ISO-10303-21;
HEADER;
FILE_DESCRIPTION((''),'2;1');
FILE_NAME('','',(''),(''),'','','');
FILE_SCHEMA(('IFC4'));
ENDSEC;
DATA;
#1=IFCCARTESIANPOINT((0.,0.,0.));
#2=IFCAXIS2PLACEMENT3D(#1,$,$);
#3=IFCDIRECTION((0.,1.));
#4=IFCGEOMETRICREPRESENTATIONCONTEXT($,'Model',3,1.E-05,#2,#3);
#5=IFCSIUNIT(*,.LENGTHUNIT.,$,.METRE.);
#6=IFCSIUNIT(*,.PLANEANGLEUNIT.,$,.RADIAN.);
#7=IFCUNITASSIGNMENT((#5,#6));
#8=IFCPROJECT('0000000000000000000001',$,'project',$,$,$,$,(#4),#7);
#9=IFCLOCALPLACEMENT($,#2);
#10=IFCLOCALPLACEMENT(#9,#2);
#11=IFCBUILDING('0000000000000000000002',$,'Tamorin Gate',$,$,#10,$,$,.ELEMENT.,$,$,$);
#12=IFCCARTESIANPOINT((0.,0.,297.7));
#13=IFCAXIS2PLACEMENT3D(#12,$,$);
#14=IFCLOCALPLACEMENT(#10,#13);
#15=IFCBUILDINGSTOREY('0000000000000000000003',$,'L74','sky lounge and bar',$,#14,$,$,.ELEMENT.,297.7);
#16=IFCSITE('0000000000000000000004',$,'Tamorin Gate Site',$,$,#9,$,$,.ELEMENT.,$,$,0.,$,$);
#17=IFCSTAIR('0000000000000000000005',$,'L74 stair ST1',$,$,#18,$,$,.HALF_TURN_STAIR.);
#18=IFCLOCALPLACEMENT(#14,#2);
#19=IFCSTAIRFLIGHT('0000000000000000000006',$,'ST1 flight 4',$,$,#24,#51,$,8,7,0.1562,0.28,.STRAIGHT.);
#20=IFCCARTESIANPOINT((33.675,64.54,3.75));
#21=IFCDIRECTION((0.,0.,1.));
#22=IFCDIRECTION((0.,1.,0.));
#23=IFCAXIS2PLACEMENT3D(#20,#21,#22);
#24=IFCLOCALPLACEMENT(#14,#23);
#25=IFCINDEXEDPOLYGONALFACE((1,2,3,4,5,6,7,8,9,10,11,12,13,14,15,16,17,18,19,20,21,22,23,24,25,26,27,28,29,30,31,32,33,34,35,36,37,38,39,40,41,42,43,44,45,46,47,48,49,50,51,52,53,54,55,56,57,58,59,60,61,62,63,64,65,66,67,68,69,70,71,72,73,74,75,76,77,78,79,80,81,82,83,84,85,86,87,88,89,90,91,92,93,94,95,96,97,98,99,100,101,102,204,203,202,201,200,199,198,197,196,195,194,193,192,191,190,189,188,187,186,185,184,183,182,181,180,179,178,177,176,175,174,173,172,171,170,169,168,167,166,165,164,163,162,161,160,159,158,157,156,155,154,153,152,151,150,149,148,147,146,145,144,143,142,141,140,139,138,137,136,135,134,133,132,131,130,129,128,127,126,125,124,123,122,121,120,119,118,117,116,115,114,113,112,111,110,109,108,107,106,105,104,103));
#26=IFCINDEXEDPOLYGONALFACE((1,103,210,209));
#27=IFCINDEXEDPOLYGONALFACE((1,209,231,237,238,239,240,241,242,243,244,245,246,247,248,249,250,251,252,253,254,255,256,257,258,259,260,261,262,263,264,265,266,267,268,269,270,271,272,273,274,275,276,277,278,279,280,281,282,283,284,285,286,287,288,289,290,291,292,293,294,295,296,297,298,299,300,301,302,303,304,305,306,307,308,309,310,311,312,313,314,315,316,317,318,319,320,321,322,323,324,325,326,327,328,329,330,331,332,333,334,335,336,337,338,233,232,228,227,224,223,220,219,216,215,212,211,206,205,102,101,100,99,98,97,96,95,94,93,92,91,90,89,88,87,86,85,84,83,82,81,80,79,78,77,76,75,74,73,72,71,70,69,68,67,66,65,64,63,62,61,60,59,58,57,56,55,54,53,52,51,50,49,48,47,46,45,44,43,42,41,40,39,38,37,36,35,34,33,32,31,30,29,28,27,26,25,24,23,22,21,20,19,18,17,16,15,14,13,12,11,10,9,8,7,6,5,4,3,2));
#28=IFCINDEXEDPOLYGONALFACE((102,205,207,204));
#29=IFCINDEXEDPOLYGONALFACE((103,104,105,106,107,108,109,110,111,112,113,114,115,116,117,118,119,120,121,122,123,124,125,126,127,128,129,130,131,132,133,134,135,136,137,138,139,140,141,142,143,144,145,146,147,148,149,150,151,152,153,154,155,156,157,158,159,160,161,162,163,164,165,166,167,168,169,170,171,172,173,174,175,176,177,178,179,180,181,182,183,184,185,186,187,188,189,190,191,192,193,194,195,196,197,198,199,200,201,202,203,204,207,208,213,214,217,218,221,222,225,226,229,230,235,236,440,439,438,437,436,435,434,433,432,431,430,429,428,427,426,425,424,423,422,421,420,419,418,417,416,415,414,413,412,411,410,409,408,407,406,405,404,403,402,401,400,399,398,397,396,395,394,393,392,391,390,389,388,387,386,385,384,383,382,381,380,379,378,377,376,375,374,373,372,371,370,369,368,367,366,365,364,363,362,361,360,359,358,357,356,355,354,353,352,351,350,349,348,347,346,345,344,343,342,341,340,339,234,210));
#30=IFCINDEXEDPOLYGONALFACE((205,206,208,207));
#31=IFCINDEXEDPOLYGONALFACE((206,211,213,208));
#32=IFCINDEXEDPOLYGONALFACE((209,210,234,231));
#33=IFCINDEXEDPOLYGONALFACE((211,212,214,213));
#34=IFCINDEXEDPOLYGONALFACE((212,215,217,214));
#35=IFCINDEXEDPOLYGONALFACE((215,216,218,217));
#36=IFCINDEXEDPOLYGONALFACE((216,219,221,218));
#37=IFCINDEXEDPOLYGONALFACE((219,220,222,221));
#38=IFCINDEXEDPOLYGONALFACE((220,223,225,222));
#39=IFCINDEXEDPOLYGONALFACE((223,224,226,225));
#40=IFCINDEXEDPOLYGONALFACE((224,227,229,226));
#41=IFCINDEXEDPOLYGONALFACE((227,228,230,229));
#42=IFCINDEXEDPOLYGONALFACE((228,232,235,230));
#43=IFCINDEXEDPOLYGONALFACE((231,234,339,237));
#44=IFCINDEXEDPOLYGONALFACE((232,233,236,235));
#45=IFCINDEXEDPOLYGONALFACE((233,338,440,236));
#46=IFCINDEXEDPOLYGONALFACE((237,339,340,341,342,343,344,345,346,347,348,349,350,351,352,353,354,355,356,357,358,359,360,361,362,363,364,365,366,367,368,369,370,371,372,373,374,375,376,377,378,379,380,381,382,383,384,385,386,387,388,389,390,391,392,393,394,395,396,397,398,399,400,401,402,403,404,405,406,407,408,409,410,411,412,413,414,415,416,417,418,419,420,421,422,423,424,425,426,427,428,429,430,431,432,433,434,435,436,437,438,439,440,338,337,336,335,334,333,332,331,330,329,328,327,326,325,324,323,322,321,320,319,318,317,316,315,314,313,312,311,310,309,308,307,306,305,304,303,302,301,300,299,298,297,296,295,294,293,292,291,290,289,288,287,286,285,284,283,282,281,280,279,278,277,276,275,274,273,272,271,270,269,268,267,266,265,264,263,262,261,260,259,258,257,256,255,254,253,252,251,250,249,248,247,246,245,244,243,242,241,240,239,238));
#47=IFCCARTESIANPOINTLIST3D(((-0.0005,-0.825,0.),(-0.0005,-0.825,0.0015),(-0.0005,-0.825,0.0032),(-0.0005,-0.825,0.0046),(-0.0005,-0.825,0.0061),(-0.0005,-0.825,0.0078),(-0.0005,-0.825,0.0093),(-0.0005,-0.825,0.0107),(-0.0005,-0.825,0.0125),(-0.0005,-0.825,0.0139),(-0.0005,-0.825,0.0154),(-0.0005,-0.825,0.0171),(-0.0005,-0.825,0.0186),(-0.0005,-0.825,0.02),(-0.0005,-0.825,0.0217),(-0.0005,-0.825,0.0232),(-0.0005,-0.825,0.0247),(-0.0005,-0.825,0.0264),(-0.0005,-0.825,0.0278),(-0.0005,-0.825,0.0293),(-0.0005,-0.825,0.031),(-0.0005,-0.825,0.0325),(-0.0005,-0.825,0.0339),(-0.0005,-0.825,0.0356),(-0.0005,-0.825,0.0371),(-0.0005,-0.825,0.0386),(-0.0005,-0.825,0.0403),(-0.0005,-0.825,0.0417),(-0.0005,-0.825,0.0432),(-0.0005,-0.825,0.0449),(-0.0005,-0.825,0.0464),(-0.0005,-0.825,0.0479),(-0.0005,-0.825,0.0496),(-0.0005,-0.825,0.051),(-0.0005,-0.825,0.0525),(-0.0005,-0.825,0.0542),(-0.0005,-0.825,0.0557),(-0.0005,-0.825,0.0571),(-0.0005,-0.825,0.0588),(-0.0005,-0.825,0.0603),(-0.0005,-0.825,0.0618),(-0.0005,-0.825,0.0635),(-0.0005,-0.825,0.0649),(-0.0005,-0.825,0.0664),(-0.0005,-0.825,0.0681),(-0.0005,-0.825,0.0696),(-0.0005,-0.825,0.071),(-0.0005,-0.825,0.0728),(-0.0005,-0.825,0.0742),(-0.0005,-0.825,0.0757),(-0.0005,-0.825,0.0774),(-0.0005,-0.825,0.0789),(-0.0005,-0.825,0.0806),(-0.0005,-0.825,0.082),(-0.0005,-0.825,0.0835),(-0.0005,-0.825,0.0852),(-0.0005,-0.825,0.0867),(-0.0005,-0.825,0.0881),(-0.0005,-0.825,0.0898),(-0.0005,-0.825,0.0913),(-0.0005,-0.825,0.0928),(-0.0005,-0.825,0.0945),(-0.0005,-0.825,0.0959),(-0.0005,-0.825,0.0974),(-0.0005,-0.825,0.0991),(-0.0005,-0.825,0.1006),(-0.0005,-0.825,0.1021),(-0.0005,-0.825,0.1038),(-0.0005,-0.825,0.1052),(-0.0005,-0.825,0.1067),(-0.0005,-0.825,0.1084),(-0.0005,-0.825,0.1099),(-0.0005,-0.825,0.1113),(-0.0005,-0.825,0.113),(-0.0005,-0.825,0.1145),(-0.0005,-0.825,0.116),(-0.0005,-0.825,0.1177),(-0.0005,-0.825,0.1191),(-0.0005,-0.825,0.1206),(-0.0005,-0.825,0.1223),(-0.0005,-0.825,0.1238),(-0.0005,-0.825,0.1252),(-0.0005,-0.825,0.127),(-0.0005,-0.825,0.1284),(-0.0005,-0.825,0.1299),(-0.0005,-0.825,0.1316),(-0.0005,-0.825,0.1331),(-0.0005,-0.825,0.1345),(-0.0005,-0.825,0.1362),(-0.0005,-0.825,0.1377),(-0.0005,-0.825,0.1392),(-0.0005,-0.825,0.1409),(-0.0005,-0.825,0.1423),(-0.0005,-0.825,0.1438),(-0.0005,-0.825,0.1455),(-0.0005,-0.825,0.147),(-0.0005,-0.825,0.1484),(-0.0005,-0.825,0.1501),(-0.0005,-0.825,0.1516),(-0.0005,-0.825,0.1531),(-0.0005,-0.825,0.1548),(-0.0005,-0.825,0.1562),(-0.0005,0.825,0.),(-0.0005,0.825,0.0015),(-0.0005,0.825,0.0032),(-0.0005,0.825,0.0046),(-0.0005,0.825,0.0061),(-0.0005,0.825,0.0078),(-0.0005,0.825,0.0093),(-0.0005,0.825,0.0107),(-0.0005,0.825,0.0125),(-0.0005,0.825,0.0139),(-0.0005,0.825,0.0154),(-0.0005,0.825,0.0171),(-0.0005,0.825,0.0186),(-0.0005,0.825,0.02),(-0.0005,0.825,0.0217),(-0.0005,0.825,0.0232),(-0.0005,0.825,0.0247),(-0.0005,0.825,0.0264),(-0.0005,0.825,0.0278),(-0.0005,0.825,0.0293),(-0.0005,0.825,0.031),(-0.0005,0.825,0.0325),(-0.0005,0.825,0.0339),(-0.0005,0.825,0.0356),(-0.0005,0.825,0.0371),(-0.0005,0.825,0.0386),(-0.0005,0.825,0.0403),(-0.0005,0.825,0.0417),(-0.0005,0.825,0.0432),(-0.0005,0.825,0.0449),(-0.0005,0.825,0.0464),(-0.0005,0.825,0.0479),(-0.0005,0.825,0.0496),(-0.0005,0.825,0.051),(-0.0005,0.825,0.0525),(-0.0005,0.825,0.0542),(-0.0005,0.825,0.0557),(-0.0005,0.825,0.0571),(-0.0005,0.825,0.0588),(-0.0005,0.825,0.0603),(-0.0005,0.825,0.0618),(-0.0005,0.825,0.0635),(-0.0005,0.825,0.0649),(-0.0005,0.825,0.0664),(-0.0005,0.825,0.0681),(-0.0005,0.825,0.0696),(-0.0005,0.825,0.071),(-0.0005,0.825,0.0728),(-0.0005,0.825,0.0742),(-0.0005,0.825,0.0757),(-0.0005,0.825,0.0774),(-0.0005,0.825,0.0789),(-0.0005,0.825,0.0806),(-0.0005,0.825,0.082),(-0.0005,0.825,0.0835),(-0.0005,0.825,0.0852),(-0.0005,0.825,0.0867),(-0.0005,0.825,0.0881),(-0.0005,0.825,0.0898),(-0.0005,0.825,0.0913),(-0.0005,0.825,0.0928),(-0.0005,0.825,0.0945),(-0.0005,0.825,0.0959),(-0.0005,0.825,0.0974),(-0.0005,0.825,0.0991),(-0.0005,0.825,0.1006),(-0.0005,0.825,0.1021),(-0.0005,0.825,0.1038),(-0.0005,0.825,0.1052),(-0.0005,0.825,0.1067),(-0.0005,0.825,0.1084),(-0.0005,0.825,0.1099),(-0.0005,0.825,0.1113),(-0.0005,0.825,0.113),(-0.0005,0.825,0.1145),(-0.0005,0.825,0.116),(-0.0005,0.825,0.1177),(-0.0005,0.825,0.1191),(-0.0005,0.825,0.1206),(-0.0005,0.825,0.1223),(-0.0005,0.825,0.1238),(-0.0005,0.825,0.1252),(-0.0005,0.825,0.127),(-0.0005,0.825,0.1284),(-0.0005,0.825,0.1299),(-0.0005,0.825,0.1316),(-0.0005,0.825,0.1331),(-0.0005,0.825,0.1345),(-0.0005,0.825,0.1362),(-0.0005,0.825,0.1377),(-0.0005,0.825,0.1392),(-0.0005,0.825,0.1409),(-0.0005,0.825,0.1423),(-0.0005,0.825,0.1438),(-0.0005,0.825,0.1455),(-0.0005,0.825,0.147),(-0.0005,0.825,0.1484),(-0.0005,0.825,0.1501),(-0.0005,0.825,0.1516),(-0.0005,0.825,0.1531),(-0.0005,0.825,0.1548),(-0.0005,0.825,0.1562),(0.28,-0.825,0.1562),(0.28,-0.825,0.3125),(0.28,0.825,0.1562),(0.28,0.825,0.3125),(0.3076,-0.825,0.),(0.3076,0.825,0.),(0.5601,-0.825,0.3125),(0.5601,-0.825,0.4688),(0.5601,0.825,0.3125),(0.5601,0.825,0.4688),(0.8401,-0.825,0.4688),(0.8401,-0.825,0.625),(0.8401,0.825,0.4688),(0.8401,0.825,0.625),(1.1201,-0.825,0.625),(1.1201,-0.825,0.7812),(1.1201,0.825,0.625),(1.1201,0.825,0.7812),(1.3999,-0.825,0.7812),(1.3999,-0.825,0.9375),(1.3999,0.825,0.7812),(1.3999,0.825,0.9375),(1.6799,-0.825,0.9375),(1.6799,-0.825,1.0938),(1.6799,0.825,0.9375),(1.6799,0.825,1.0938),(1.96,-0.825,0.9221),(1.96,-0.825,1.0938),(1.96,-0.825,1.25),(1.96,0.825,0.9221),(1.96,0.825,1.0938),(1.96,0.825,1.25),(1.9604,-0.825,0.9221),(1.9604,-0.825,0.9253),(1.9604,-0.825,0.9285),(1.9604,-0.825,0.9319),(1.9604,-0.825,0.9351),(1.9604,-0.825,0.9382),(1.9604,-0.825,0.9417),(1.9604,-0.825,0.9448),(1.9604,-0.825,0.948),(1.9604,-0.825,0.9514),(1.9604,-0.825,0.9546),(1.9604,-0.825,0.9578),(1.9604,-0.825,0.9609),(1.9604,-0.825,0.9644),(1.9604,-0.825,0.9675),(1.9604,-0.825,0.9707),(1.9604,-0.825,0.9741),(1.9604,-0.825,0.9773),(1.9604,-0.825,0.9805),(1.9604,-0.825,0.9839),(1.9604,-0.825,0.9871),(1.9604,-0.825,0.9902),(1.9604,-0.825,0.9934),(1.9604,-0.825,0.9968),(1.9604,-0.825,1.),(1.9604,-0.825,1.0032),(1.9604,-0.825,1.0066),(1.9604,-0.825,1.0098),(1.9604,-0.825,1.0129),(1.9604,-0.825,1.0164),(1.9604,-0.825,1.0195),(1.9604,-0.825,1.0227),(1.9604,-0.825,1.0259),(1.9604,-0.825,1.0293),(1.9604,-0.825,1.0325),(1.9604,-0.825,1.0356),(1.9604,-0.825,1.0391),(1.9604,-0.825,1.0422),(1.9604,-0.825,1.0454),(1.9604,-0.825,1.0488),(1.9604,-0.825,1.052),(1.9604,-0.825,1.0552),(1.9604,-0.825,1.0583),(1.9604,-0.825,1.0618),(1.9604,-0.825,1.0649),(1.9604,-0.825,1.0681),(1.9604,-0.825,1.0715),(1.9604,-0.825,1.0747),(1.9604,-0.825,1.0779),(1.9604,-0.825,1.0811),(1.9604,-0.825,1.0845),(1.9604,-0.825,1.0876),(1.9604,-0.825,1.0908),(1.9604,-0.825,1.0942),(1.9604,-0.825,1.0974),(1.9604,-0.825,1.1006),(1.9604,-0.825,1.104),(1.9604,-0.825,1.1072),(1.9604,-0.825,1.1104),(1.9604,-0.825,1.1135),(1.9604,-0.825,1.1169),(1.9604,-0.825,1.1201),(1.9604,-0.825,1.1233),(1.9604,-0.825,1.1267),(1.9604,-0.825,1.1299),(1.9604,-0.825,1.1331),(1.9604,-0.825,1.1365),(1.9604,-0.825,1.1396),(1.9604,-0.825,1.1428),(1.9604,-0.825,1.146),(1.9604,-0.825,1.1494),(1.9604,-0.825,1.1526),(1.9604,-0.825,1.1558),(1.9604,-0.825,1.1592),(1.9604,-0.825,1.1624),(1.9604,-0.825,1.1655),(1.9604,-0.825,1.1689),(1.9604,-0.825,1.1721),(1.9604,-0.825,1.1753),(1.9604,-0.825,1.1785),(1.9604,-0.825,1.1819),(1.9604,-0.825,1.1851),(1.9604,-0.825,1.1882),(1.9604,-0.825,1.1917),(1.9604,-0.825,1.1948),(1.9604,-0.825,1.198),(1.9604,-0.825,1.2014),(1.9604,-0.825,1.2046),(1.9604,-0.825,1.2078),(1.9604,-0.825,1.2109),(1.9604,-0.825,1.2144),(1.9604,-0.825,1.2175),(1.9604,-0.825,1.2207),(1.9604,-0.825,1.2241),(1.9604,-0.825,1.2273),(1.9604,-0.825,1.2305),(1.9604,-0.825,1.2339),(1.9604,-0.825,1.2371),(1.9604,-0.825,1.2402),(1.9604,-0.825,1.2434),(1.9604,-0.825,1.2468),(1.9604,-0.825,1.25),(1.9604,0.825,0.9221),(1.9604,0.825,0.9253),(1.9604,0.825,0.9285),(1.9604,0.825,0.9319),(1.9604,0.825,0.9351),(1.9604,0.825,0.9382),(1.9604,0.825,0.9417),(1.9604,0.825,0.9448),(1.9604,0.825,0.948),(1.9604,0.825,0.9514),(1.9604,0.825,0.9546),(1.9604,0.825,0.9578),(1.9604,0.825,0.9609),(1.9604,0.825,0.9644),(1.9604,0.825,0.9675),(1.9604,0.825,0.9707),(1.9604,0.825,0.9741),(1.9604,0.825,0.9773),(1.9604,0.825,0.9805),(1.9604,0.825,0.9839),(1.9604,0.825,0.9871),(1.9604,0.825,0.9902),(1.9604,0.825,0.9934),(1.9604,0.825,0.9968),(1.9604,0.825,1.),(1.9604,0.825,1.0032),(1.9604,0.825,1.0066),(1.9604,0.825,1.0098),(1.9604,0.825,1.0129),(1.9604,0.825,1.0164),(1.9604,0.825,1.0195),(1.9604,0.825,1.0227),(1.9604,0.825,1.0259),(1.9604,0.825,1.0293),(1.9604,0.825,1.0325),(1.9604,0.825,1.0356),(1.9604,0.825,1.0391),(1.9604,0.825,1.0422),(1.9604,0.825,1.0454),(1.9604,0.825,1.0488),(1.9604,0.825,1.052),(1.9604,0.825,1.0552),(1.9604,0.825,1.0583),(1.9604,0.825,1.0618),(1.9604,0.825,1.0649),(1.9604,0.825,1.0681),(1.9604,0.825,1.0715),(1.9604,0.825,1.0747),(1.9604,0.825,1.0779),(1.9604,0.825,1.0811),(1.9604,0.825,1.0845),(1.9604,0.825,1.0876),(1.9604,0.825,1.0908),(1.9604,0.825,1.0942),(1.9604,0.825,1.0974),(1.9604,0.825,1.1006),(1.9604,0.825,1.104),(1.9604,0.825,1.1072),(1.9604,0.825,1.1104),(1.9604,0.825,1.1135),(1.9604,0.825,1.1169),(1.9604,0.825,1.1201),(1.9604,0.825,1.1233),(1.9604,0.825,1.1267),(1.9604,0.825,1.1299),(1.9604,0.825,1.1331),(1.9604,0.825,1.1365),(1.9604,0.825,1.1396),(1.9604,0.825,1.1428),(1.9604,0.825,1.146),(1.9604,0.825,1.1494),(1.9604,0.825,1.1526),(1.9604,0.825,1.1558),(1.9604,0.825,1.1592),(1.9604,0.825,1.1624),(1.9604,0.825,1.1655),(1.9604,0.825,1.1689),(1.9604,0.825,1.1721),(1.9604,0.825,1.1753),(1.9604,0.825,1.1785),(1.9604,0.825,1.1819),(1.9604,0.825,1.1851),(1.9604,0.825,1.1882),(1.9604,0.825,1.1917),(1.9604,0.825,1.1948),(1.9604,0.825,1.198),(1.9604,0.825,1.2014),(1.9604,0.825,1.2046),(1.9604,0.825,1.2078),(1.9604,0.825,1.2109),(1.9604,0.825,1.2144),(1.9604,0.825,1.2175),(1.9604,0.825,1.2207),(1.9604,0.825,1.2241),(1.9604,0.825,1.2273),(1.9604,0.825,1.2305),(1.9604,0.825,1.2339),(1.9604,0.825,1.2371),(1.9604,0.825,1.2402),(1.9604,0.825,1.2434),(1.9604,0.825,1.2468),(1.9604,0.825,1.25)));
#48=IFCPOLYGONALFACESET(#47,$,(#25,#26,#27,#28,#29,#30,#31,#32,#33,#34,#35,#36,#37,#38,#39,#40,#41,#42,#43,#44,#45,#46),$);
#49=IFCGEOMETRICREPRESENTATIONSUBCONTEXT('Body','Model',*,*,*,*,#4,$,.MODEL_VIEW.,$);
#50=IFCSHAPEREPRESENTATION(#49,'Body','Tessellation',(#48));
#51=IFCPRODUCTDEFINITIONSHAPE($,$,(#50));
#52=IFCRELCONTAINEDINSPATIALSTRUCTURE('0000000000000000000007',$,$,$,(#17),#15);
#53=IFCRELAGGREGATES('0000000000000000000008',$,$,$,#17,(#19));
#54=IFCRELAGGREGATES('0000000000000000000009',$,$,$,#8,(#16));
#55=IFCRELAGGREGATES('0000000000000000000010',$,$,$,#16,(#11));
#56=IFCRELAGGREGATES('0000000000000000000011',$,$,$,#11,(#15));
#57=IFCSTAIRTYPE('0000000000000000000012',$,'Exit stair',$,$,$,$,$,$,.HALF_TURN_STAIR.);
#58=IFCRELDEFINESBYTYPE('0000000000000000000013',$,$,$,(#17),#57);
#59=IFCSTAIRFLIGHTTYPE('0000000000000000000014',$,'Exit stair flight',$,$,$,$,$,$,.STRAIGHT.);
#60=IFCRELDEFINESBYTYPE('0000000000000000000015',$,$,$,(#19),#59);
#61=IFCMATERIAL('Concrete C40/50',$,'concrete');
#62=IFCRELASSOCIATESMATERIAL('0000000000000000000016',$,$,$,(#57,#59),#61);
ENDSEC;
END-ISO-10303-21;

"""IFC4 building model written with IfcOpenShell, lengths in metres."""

from ifc_helpers import new_model, si_unit, direction, frame, origin, place, context, subcontext, project, spatial, polyline, outline, extrude, material, type_object, element, aggregate, save


model = new_model("IFC4")

# Units and contexts
model_context = context("Model", 3, precision=1e-05, world=origin(), true_north=direction((0.0, 1.0)))
body_context = subcontext(model_context, "Body", "Model", "MODEL_VIEW")
ifc_project = project(units=[si_unit("LENGTHUNIT", "METRE"), si_unit("PLANEANGLEUNIT", "RADIAN")], contexts=[model_context])

# Site, building, storey
site_placement = place(None, origin())
site = spatial("IfcSite", under=ifc_project, at=site_placement, Name="Tamorin Gate Site", CompositionType="ELEMENT", RefElevation=0.0)
building_placement = place(site_placement, origin())
building = spatial("IfcBuilding", under=site, at=building_placement, Name="Tamorin Gate", CompositionType="ELEMENT")
storey_placement = place(building_placement, frame((0.0, 0.0, 297.7)))
storey = spatial("IfcBuildingStorey", under=building, at=storey_placement, Name="L74", Description="sky lounge and bar", CompositionType="ELEMENT", Elevation=297.7)

# Stair, stair flight
ifc_material_1 = material(Name="Concrete C40/50", Category="concrete")
stair_type = type_object("IfcStairType", Name="Exit stair", PredefinedType="HALF_TURN_STAIR", material=ifc_material_1)
stair_placement = place(storey_placement, origin())
stair = element("IfcStair", 1, at=stair_placement, inside=storey, type_object=stair_type, Name="L74 stair ST1", PredefinedType="HALF_TURN_STAIR")
stair_flight_type = type_object("IfcStairFlightType", Name="Exit stair flight", PredefinedType="STRAIGHT", material=ifc_material_1)
stair_flight_1_placement = place(storey_placement, frame((33.675, 64.54, 3.75), z_axis=(0.0, 0.0, 1.0), x_axis=(0.0, 1.0, 0.0)))
stair_flight_1 = element("IfcStairFlight", 2, at=stair_flight_1_placement, type_object=stair_flight_type, Name="ST1 flight 4", NumberOfRisers=8, NumberOfTreads=7, PredefinedType="STRAIGHT", RiserHeight=0.1562, TreadLength=0.28, context=body_context, shape_type="SweptSolid", body=[
    extrude(outline(polyline([(-0.0005, 0.0), (-0.0005, 0.0015), (-0.0005, 0.0032), (-0.0005, 0.0046), (-0.0005, 0.0061), (-0.0005, 0.0078), (-0.0005, 0.0093), (-0.0005, 0.0107), (-0.0005, 0.0125), (-0.0005, 0.0139), (-0.0005, 0.0154), (-0.0005, 0.0171), (-0.0005, 0.0186), (-0.0005, 0.02), (-0.0005, 0.0217), (-0.0005, 0.0232), (-0.0005, 0.0247), (-0.0005, 0.0264), (-0.0005, 0.0278), (-0.0005, 0.0293), (-0.0005, 0.031), (-0.0005, 0.0325), (-0.0005, 0.0339), (-0.0005, 0.0356), (-0.0005, 0.0371), (-0.0005, 0.0386), (-0.0005, 0.0403), (-0.0005, 0.0417), (-0.0005, 0.0432), (-0.0005, 0.0449), (-0.0005, 0.0464), (-0.0005, 0.0479), (-0.0005, 0.0496), (-0.0005, 0.051), (-0.0005, 0.0525), (-0.0005, 0.0542), (-0.0005, 0.0557), (-0.0005, 0.0571), (-0.0005, 0.0588), (-0.0005, 0.0603), (-0.0005, 0.0618), (-0.0005, 0.0635), (-0.0005, 0.0649), (-0.0005, 0.0664), (-0.0005, 0.0681), (-0.0005, 0.0696), (-0.0005, 0.071), (-0.0005, 0.0728), (-0.0005, 0.0742), (-0.0005, 0.0757), (-0.0005, 0.0774), (-0.0005, 0.0789), (-0.0005, 0.0806), (-0.0005, 0.082), (-0.0005, 0.0835), (-0.0005, 0.0852), (-0.0005, 0.0867), (-0.0005, 0.0881), (-0.0005, 0.0898), (-0.0005, 0.0913), (-0.0005, 0.0928), (-0.0005, 0.0945), (-0.0005, 0.0959), (-0.0005, 0.0974), (-0.0005, 0.0991), (-0.0005, 0.1006), (-0.0005, 0.1021), (-0.0005, 0.1038), (-0.0005, 0.1052), (-0.0005, 0.1067), (-0.0005, 0.1084), (-0.0005, 0.1099), (-0.0005, 0.1113), (-0.0005, 0.113), (-0.0005, 0.1145), (-0.0005, 0.116), (-0.0005, 0.1177), (-0.0005, 0.1191), (-0.0005, 0.1206), (-0.0005, 0.1223), (-0.0005, 0.1238), (-0.0005, 0.1252), (-0.0005, 0.127), (-0.0005, 0.1284), (-0.0005, 0.1299), (-0.0005, 0.1316), (-0.0005, 0.1331), (-0.0005, 0.1345), (-0.0005, 0.1362), (-0.0005, 0.1377), (-0.0005, 0.1392), (-0.0005, 0.1409), (-0.0005, 0.1423), (-0.0005, 0.1438), (-0.0005, 0.1455), (-0.0005, 0.147), (-0.0005, 0.1484), (-0.0005, 0.1501), (-0.0005, 0.1516), (-0.0005, 0.1531), (-0.0005, 0.1548), (-0.0005, 0.1562), (0.28, 0.1562), (0.28, 0.3125), (0.5601, 0.3125), (0.5601, 0.4688), (0.8401, 0.4688), (0.8401, 0.625), (1.1201, 0.625), (1.1201, 0.7812), (1.3999, 0.7812), (1.3999, 0.9375), (1.6799, 0.9375), (1.6799, 1.0938), (1.96, 1.0938), (1.96, 1.25), (1.9604, 1.25), (1.9604, 1.2468), (1.9604, 1.2434), (1.9604, 1.2402), (1.9604, 1.2371), (1.9604, 1.2339), (1.9604, 1.2305), (1.9604, 1.2273), (1.9604, 1.2241), (1.9604, 1.2207), (1.9604, 1.2175), (1.9604, 1.2144), (1.9604, 1.2109), (1.9604, 1.2078), (1.9604, 1.2046), (1.9604, 1.2014), (1.9604, 1.198), (1.9604, 1.1948), (1.9604, 1.1917), (1.9604, 1.1882), (1.9604, 1.1851), (1.9604, 1.1819), (1.9604, 1.1785), (1.9604, 1.1753), (1.9604, 1.1721), (1.9604, 1.1689), (1.9604, 1.1655), (1.9604, 1.1624), (1.9604, 1.1592), (1.9604, 1.1558), (1.9604, 1.1526), (1.9604, 1.1494), (1.9604, 1.146), (1.9604, 1.1428), (1.9604, 1.1396), (1.9604, 1.1365), (1.9604, 1.1331), (1.9604, 1.1299), (1.9604, 1.1267), (1.9604, 1.1233), (1.9604, 1.1201), (1.9604, 1.1169), (1.9604, 1.1135), (1.9604, 1.1104), (1.9604, 1.1072), (1.9604, 1.104), (1.9604, 1.1006), (1.9604, 1.0974), (1.9604, 1.0942), (1.9604, 1.0908), (1.9604, 1.0876), (1.9604, 1.0845), (1.9604, 1.0811), (1.9604, 1.0779), (1.9604, 1.0747), (1.9604, 1.0715), (1.9604, 1.0681), (1.9604, 1.0649), (1.9604, 1.0618), (1.9604, 1.0583), (1.9604, 1.0552), (1.9604, 1.052), (1.9604, 1.0488), (1.9604, 1.0454), (1.9604, 1.0422), (1.9604, 1.0391), (1.9604, 1.0356), (1.9604, 1.0325), (1.9604, 1.0293), (1.9604, 1.0259), (1.9604, 1.0227), (1.9604, 1.0195), (1.9604, 1.0164), (1.9604, 1.0129), (1.9604, 1.0098), (1.9604, 1.0066), (1.9604, 1.0032), (1.9604, 1.0), (1.9604, 0.9968), (1.9604, 0.9934), (1.9604, 0.9902), (1.9604, 0.9871), (1.9604, 0.9839), (1.9604, 0.9805), (1.9604, 0.9773), (1.9604, 0.9741), (1.9604, 0.9707), (1.9604, 0.9675), (1.9604, 0.9644), (1.9604, 0.9609), (1.9604, 0.9578), (1.9604, 0.9546), (1.9604, 0.9514), (1.9604, 0.948), (1.9604, 0.9448), (1.9604, 0.9417), (1.9604, 0.9382), (1.9604, 0.9351), (1.9604, 0.9319), (1.9604, 0.9285), (1.9604, 0.9253), (1.9604, 0.9221), (1.96, 0.9221), (0.3076, 0.0), (-0.0005, 0.0)])), frame((0.0, 0.825, 0.0), z_axis=(0.0, -1.0, 0.0), x_axis=(1.0, 0.0, 0.0)), (0.0, 0.0, 1.0), 1.6499),
])
aggregate(stair, [stair_flight_1])

save(model, "model.ifc")
